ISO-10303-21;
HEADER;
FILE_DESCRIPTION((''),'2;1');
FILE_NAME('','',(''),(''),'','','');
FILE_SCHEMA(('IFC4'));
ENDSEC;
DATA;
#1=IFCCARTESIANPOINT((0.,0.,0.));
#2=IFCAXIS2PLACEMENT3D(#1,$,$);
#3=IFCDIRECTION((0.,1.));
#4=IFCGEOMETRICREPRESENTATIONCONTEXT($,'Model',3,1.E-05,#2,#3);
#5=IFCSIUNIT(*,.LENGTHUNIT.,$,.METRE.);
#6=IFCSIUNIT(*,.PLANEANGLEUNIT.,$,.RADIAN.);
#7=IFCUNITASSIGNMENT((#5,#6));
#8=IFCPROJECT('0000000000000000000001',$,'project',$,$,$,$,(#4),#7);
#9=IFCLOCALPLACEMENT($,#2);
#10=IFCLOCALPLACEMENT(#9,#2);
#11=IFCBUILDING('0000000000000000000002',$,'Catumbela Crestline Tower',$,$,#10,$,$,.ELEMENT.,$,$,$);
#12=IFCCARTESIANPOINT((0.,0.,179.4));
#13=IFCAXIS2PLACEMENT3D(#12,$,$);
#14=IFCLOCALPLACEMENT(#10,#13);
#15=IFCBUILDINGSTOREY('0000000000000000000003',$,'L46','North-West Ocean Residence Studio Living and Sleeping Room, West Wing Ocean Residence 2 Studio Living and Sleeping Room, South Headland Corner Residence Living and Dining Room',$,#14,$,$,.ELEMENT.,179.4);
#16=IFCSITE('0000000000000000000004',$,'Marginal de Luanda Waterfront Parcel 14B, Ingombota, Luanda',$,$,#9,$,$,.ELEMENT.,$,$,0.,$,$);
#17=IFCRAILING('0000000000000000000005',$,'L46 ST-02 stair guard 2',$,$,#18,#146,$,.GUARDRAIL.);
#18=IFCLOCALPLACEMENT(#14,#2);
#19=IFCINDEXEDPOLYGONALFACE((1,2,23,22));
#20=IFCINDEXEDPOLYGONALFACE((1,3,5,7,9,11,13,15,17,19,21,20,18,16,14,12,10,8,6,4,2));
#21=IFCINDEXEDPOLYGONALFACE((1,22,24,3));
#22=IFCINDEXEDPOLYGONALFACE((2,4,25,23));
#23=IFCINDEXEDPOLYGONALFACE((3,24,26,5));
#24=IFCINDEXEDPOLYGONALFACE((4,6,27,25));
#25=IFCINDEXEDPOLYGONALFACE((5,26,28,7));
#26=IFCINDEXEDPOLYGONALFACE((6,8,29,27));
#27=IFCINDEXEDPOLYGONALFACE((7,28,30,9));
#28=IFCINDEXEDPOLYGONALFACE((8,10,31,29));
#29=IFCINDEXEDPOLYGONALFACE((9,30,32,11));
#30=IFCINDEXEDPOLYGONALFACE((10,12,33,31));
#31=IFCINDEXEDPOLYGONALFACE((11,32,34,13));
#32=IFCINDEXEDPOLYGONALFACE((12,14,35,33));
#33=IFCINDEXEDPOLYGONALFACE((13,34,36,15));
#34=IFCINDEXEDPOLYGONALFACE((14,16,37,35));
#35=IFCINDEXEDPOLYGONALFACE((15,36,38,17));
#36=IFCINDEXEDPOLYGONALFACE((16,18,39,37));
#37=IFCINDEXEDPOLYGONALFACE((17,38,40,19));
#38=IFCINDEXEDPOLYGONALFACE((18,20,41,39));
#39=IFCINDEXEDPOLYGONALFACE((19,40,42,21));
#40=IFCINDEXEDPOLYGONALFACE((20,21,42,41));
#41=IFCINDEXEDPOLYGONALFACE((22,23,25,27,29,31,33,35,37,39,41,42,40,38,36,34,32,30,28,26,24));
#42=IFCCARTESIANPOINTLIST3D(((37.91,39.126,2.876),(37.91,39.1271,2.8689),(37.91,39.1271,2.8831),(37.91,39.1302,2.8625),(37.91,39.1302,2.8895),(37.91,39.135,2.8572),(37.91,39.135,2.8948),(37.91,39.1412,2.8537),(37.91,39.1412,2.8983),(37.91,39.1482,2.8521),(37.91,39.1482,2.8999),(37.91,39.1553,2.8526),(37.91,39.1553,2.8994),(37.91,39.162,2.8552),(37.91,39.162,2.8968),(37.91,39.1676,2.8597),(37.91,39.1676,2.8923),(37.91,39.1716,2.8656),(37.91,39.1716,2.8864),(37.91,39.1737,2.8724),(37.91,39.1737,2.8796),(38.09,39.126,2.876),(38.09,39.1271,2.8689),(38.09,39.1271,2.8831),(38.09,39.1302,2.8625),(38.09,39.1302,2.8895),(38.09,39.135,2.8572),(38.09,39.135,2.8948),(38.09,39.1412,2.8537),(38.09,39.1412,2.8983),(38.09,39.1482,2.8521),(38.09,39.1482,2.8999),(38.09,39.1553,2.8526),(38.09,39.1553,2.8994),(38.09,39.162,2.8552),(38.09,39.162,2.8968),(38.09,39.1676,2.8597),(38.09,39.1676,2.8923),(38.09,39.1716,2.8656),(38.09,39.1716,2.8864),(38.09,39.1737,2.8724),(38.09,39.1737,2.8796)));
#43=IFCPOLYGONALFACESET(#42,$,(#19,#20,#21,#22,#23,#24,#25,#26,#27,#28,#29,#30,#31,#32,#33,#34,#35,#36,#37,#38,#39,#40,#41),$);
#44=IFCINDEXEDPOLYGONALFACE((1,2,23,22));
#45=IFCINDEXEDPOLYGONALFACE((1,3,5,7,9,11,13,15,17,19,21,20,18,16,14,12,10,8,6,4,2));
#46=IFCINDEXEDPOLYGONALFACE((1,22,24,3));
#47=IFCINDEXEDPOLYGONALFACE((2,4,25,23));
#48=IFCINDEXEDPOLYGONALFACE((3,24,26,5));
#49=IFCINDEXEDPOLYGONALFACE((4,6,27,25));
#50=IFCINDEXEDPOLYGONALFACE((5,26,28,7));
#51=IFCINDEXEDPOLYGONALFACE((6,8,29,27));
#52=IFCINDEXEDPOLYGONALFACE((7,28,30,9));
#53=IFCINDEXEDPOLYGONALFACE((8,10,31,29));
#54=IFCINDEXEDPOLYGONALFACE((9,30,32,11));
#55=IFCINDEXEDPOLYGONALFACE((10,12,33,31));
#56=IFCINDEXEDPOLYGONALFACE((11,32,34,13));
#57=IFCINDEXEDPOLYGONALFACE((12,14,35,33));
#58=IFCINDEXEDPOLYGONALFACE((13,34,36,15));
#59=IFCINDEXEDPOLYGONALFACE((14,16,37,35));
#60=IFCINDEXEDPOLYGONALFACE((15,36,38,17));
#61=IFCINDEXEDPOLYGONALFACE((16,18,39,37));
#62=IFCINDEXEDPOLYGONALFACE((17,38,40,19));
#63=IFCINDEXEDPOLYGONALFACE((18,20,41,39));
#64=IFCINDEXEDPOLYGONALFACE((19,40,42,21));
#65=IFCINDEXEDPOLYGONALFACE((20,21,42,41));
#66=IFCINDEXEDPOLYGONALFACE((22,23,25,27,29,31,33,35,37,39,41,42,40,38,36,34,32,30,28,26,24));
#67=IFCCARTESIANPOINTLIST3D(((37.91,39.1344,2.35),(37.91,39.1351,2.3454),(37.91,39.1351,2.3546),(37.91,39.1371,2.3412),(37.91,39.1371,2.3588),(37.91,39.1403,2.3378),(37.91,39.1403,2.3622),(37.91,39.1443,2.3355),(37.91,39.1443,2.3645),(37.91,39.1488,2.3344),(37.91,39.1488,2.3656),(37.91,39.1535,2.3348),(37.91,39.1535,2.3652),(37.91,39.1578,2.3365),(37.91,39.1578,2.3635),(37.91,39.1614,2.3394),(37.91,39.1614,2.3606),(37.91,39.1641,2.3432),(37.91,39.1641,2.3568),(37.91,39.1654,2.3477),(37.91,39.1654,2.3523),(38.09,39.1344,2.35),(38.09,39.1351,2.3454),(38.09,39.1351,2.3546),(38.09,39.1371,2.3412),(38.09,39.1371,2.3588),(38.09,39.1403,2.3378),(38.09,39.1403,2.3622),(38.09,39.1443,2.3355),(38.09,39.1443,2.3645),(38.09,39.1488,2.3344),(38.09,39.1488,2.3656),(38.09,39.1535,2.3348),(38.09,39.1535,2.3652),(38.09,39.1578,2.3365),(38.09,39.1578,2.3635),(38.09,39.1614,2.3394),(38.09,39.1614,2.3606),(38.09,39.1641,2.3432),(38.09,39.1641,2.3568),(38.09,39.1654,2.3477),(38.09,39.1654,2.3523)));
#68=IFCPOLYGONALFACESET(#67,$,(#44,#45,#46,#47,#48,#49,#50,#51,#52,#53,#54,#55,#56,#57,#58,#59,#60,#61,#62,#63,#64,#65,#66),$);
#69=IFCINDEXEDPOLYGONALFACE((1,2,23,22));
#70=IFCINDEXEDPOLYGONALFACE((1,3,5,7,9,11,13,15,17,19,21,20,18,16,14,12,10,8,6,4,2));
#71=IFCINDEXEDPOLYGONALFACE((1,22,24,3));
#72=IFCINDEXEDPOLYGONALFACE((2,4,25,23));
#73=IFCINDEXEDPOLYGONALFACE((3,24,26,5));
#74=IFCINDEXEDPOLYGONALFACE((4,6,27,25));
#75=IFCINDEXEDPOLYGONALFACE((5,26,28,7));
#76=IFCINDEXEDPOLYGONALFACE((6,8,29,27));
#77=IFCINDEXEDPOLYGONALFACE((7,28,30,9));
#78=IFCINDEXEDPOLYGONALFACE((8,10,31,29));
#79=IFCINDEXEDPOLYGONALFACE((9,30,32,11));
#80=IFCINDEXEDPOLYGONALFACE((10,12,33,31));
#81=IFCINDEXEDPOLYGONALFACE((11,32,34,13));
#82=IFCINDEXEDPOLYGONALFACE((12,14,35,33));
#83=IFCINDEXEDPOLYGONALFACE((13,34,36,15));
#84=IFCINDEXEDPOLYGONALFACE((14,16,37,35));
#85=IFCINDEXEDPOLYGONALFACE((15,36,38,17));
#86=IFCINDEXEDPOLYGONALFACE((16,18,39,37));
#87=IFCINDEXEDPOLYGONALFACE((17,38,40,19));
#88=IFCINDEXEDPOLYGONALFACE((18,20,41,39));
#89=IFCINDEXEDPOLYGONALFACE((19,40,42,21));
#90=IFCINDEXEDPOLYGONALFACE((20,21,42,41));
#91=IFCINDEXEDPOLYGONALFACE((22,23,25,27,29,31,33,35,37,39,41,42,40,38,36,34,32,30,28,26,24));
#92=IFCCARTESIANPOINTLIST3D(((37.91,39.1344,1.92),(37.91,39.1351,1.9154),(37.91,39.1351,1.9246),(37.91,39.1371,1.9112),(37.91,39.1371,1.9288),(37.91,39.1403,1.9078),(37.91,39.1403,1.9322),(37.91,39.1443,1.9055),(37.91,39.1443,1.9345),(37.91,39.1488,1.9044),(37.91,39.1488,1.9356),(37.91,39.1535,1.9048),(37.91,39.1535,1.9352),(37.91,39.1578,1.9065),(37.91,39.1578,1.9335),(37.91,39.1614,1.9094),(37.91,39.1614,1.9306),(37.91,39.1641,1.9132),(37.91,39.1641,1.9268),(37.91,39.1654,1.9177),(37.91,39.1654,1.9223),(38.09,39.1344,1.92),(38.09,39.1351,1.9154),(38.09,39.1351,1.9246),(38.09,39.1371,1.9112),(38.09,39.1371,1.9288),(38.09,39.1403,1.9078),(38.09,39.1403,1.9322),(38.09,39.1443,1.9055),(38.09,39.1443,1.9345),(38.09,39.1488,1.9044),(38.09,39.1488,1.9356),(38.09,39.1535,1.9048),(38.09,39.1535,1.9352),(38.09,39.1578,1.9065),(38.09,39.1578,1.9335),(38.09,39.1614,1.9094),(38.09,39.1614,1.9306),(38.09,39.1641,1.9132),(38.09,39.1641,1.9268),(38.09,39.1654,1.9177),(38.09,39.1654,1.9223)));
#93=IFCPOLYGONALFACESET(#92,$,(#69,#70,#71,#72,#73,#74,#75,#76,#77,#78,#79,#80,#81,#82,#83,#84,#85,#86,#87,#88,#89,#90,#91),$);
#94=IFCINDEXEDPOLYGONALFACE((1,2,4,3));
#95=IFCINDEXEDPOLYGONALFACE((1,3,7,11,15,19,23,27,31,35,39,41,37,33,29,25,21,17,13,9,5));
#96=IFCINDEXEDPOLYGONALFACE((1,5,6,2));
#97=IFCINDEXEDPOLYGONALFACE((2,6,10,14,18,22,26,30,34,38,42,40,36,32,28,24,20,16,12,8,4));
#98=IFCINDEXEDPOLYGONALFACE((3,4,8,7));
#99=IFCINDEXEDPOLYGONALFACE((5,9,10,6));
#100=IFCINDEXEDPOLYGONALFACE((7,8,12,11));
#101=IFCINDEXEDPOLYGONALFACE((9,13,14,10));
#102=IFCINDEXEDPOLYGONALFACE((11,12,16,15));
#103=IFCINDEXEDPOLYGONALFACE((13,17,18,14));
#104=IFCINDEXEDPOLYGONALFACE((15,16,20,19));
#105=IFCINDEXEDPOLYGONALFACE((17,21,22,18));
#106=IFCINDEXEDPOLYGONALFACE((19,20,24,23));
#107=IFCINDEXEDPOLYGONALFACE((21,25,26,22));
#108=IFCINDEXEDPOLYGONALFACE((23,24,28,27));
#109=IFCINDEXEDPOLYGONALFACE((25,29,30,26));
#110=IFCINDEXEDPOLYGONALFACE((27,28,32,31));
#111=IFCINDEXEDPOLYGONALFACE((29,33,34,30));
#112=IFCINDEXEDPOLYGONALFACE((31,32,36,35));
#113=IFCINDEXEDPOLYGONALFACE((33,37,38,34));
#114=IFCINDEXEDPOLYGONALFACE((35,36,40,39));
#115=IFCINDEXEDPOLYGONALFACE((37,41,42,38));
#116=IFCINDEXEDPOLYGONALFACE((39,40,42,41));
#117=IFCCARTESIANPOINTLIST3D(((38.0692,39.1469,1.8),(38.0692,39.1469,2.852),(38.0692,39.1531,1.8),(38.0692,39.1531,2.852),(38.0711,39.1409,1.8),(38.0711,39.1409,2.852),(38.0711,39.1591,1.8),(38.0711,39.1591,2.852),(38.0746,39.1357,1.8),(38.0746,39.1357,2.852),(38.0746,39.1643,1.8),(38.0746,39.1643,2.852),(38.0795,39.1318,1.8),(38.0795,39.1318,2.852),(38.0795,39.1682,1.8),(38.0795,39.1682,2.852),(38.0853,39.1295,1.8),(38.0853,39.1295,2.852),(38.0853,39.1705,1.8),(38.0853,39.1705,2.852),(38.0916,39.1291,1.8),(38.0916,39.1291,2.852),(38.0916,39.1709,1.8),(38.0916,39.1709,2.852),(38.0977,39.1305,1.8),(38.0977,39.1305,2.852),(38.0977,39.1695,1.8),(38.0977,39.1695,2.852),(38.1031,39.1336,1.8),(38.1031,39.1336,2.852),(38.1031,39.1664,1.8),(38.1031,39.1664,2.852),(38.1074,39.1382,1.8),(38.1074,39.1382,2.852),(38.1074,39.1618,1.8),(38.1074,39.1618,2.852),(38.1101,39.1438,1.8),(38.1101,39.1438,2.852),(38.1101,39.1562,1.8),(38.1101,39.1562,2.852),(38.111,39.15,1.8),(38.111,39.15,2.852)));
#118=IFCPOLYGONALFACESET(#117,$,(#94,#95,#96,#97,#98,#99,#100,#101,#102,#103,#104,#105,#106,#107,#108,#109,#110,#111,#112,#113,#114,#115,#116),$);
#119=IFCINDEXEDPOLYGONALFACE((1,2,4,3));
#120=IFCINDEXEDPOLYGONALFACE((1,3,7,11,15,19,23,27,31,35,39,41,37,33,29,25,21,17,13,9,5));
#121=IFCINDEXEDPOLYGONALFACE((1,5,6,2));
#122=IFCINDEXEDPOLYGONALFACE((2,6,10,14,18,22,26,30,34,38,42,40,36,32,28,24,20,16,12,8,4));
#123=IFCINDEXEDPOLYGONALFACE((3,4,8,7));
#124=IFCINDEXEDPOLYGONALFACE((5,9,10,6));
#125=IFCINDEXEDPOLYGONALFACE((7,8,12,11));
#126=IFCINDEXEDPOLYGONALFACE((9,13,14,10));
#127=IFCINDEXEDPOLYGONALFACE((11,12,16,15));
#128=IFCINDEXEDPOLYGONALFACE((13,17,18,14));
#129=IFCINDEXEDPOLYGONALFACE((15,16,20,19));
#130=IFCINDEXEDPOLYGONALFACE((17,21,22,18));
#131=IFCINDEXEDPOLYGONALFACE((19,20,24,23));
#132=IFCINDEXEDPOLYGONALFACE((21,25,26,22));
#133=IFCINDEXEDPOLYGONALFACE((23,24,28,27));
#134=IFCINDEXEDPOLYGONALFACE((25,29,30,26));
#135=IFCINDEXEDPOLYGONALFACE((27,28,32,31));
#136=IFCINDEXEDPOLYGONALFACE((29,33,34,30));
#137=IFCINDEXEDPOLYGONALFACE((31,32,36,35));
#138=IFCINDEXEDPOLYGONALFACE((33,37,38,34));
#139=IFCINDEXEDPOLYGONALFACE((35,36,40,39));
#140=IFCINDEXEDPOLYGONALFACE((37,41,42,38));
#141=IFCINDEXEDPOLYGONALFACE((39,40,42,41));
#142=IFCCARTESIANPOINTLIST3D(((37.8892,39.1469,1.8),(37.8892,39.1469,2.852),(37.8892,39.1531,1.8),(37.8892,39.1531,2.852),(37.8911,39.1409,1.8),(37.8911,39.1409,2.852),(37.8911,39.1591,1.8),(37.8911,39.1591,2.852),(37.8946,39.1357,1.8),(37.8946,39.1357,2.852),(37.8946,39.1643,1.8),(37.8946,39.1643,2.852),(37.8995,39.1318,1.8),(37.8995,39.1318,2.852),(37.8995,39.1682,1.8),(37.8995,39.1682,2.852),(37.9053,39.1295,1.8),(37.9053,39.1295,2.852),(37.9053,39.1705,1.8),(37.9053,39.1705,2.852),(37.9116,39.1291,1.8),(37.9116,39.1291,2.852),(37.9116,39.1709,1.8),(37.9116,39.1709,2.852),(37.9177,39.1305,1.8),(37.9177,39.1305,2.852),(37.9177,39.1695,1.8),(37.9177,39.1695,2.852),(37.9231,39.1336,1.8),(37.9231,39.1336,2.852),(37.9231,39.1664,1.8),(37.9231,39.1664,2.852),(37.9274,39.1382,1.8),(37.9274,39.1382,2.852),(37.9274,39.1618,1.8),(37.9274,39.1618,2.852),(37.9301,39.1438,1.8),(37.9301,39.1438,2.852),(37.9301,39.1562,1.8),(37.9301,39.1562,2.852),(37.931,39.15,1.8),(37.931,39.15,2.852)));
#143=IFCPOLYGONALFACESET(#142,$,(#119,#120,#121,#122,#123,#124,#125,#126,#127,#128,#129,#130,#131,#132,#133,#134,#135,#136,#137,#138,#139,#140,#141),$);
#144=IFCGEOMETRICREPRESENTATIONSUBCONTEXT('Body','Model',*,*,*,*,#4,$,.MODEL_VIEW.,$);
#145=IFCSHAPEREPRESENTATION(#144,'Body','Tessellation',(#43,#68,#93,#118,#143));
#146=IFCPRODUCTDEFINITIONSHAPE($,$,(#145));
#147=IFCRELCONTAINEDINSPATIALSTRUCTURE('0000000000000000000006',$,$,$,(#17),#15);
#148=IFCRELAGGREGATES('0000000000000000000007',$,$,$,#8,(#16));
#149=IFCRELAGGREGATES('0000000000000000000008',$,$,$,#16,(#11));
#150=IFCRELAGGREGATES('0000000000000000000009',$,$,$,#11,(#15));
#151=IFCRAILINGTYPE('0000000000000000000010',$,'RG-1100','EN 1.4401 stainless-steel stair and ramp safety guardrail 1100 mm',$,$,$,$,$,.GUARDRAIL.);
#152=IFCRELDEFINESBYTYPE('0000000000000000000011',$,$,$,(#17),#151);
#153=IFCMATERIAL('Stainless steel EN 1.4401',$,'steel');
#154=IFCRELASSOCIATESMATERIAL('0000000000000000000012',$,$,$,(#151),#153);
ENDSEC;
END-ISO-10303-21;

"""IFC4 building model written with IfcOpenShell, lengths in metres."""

from ifc_helpers import new_model, si_unit, direction, frame, origin, origin_2d, place, context, subcontext, project, spatial, circle, extrude, material, type_object, element, save


model = new_model("IFC4")

# Units and contexts
model_context = context("Model", 3, precision=1e-05, world=origin(), true_north=direction((0.0, 1.0)))
body_context = subcontext(model_context, "Body", "Model", "MODEL_VIEW")
ifc_project = project(units=[si_unit("LENGTHUNIT", "METRE"), si_unit("PLANEANGLEUNIT", "RADIAN")], contexts=[model_context])

# Site, building, storey
site_placement = place(None, origin())
site = spatial("IfcSite", under=ifc_project, at=site_placement, Name="Marginal de Luanda Waterfront Parcel 14B, Ingombota, Luanda", CompositionType="ELEMENT", RefElevation=0.0)
building_placement = place(site_placement, origin())
building = spatial("IfcBuilding", under=site, at=building_placement, Name="Catumbela Crestline Tower", CompositionType="ELEMENT")
storey_placement = place(building_placement, frame((0.0, 0.0, 179.4)))
storey = spatial("IfcBuildingStorey", under=building, at=storey_placement, Name="L46", Description="North-West Ocean Residence Studio Living and Sleeping Room, West Wing Ocean Residence 2 Studio Living and Sleeping Room, South Headland Corner Residence Living and Dining Room", CompositionType="ELEMENT", Elevation=179.4)

# Shared definitions
ifc_material_1 = material(Name="Stainless steel EN 1.4401", Category="steel")

# Railing
railing_type_1 = type_object("IfcRailingType", Name="RG-1100", Description="EN 1.4401 stainless-steel stair and ramp safety guardrail 1100 mm", PredefinedType="GUARDRAIL", material=ifc_material_1)
railing_1_placement = place(storey_placement, frame((38.09, 39.15, 1.8)))
element("IfcRailing", 1, at=railing_1_placement, inside=storey, type_object=railing_type_1, Name="L46 ST-02 stair guard 2", PredefinedType="GUARDRAIL", context=body_context, shape_type="SweptSolid", body=[
    extrude(circle(Radius=0.024, at=origin_2d()), frame((0.0, 0.0, 1.076), z_axis=(-1.0, 0.0, 0.0), x_axis=(0.0, -1.0, 0.0)), (0.0, 0.0, 1.0), 0.18),
    extrude(circle(Radius=0.0156, at=origin_2d()), frame((0.0, 0.0, 0.55), z_axis=(-1.0, 0.0, 0.0), x_axis=(0.0, -1.0, 0.0)), (0.0, 0.0, 1.0), 0.18),
    extrude(circle(Radius=0.0156, at=origin_2d()), frame((0.0, 0.0, 0.12), z_axis=(-1.0, 0.0, 0.0), x_axis=(0.0, -1.0, 0.0)), (0.0, 0.0, 1.0), 0.18),
    extrude(circle(Radius=0.021, at=origin_2d()), origin(), (0.0, 0.0, 1.0), 1.052),
    extrude(circle(Radius=0.021, at=origin_2d()), frame((-0.18, 0.0, 0.0)), (0.0, 0.0, 1.0), 1.052),
])

save(model, "model.ifc")
